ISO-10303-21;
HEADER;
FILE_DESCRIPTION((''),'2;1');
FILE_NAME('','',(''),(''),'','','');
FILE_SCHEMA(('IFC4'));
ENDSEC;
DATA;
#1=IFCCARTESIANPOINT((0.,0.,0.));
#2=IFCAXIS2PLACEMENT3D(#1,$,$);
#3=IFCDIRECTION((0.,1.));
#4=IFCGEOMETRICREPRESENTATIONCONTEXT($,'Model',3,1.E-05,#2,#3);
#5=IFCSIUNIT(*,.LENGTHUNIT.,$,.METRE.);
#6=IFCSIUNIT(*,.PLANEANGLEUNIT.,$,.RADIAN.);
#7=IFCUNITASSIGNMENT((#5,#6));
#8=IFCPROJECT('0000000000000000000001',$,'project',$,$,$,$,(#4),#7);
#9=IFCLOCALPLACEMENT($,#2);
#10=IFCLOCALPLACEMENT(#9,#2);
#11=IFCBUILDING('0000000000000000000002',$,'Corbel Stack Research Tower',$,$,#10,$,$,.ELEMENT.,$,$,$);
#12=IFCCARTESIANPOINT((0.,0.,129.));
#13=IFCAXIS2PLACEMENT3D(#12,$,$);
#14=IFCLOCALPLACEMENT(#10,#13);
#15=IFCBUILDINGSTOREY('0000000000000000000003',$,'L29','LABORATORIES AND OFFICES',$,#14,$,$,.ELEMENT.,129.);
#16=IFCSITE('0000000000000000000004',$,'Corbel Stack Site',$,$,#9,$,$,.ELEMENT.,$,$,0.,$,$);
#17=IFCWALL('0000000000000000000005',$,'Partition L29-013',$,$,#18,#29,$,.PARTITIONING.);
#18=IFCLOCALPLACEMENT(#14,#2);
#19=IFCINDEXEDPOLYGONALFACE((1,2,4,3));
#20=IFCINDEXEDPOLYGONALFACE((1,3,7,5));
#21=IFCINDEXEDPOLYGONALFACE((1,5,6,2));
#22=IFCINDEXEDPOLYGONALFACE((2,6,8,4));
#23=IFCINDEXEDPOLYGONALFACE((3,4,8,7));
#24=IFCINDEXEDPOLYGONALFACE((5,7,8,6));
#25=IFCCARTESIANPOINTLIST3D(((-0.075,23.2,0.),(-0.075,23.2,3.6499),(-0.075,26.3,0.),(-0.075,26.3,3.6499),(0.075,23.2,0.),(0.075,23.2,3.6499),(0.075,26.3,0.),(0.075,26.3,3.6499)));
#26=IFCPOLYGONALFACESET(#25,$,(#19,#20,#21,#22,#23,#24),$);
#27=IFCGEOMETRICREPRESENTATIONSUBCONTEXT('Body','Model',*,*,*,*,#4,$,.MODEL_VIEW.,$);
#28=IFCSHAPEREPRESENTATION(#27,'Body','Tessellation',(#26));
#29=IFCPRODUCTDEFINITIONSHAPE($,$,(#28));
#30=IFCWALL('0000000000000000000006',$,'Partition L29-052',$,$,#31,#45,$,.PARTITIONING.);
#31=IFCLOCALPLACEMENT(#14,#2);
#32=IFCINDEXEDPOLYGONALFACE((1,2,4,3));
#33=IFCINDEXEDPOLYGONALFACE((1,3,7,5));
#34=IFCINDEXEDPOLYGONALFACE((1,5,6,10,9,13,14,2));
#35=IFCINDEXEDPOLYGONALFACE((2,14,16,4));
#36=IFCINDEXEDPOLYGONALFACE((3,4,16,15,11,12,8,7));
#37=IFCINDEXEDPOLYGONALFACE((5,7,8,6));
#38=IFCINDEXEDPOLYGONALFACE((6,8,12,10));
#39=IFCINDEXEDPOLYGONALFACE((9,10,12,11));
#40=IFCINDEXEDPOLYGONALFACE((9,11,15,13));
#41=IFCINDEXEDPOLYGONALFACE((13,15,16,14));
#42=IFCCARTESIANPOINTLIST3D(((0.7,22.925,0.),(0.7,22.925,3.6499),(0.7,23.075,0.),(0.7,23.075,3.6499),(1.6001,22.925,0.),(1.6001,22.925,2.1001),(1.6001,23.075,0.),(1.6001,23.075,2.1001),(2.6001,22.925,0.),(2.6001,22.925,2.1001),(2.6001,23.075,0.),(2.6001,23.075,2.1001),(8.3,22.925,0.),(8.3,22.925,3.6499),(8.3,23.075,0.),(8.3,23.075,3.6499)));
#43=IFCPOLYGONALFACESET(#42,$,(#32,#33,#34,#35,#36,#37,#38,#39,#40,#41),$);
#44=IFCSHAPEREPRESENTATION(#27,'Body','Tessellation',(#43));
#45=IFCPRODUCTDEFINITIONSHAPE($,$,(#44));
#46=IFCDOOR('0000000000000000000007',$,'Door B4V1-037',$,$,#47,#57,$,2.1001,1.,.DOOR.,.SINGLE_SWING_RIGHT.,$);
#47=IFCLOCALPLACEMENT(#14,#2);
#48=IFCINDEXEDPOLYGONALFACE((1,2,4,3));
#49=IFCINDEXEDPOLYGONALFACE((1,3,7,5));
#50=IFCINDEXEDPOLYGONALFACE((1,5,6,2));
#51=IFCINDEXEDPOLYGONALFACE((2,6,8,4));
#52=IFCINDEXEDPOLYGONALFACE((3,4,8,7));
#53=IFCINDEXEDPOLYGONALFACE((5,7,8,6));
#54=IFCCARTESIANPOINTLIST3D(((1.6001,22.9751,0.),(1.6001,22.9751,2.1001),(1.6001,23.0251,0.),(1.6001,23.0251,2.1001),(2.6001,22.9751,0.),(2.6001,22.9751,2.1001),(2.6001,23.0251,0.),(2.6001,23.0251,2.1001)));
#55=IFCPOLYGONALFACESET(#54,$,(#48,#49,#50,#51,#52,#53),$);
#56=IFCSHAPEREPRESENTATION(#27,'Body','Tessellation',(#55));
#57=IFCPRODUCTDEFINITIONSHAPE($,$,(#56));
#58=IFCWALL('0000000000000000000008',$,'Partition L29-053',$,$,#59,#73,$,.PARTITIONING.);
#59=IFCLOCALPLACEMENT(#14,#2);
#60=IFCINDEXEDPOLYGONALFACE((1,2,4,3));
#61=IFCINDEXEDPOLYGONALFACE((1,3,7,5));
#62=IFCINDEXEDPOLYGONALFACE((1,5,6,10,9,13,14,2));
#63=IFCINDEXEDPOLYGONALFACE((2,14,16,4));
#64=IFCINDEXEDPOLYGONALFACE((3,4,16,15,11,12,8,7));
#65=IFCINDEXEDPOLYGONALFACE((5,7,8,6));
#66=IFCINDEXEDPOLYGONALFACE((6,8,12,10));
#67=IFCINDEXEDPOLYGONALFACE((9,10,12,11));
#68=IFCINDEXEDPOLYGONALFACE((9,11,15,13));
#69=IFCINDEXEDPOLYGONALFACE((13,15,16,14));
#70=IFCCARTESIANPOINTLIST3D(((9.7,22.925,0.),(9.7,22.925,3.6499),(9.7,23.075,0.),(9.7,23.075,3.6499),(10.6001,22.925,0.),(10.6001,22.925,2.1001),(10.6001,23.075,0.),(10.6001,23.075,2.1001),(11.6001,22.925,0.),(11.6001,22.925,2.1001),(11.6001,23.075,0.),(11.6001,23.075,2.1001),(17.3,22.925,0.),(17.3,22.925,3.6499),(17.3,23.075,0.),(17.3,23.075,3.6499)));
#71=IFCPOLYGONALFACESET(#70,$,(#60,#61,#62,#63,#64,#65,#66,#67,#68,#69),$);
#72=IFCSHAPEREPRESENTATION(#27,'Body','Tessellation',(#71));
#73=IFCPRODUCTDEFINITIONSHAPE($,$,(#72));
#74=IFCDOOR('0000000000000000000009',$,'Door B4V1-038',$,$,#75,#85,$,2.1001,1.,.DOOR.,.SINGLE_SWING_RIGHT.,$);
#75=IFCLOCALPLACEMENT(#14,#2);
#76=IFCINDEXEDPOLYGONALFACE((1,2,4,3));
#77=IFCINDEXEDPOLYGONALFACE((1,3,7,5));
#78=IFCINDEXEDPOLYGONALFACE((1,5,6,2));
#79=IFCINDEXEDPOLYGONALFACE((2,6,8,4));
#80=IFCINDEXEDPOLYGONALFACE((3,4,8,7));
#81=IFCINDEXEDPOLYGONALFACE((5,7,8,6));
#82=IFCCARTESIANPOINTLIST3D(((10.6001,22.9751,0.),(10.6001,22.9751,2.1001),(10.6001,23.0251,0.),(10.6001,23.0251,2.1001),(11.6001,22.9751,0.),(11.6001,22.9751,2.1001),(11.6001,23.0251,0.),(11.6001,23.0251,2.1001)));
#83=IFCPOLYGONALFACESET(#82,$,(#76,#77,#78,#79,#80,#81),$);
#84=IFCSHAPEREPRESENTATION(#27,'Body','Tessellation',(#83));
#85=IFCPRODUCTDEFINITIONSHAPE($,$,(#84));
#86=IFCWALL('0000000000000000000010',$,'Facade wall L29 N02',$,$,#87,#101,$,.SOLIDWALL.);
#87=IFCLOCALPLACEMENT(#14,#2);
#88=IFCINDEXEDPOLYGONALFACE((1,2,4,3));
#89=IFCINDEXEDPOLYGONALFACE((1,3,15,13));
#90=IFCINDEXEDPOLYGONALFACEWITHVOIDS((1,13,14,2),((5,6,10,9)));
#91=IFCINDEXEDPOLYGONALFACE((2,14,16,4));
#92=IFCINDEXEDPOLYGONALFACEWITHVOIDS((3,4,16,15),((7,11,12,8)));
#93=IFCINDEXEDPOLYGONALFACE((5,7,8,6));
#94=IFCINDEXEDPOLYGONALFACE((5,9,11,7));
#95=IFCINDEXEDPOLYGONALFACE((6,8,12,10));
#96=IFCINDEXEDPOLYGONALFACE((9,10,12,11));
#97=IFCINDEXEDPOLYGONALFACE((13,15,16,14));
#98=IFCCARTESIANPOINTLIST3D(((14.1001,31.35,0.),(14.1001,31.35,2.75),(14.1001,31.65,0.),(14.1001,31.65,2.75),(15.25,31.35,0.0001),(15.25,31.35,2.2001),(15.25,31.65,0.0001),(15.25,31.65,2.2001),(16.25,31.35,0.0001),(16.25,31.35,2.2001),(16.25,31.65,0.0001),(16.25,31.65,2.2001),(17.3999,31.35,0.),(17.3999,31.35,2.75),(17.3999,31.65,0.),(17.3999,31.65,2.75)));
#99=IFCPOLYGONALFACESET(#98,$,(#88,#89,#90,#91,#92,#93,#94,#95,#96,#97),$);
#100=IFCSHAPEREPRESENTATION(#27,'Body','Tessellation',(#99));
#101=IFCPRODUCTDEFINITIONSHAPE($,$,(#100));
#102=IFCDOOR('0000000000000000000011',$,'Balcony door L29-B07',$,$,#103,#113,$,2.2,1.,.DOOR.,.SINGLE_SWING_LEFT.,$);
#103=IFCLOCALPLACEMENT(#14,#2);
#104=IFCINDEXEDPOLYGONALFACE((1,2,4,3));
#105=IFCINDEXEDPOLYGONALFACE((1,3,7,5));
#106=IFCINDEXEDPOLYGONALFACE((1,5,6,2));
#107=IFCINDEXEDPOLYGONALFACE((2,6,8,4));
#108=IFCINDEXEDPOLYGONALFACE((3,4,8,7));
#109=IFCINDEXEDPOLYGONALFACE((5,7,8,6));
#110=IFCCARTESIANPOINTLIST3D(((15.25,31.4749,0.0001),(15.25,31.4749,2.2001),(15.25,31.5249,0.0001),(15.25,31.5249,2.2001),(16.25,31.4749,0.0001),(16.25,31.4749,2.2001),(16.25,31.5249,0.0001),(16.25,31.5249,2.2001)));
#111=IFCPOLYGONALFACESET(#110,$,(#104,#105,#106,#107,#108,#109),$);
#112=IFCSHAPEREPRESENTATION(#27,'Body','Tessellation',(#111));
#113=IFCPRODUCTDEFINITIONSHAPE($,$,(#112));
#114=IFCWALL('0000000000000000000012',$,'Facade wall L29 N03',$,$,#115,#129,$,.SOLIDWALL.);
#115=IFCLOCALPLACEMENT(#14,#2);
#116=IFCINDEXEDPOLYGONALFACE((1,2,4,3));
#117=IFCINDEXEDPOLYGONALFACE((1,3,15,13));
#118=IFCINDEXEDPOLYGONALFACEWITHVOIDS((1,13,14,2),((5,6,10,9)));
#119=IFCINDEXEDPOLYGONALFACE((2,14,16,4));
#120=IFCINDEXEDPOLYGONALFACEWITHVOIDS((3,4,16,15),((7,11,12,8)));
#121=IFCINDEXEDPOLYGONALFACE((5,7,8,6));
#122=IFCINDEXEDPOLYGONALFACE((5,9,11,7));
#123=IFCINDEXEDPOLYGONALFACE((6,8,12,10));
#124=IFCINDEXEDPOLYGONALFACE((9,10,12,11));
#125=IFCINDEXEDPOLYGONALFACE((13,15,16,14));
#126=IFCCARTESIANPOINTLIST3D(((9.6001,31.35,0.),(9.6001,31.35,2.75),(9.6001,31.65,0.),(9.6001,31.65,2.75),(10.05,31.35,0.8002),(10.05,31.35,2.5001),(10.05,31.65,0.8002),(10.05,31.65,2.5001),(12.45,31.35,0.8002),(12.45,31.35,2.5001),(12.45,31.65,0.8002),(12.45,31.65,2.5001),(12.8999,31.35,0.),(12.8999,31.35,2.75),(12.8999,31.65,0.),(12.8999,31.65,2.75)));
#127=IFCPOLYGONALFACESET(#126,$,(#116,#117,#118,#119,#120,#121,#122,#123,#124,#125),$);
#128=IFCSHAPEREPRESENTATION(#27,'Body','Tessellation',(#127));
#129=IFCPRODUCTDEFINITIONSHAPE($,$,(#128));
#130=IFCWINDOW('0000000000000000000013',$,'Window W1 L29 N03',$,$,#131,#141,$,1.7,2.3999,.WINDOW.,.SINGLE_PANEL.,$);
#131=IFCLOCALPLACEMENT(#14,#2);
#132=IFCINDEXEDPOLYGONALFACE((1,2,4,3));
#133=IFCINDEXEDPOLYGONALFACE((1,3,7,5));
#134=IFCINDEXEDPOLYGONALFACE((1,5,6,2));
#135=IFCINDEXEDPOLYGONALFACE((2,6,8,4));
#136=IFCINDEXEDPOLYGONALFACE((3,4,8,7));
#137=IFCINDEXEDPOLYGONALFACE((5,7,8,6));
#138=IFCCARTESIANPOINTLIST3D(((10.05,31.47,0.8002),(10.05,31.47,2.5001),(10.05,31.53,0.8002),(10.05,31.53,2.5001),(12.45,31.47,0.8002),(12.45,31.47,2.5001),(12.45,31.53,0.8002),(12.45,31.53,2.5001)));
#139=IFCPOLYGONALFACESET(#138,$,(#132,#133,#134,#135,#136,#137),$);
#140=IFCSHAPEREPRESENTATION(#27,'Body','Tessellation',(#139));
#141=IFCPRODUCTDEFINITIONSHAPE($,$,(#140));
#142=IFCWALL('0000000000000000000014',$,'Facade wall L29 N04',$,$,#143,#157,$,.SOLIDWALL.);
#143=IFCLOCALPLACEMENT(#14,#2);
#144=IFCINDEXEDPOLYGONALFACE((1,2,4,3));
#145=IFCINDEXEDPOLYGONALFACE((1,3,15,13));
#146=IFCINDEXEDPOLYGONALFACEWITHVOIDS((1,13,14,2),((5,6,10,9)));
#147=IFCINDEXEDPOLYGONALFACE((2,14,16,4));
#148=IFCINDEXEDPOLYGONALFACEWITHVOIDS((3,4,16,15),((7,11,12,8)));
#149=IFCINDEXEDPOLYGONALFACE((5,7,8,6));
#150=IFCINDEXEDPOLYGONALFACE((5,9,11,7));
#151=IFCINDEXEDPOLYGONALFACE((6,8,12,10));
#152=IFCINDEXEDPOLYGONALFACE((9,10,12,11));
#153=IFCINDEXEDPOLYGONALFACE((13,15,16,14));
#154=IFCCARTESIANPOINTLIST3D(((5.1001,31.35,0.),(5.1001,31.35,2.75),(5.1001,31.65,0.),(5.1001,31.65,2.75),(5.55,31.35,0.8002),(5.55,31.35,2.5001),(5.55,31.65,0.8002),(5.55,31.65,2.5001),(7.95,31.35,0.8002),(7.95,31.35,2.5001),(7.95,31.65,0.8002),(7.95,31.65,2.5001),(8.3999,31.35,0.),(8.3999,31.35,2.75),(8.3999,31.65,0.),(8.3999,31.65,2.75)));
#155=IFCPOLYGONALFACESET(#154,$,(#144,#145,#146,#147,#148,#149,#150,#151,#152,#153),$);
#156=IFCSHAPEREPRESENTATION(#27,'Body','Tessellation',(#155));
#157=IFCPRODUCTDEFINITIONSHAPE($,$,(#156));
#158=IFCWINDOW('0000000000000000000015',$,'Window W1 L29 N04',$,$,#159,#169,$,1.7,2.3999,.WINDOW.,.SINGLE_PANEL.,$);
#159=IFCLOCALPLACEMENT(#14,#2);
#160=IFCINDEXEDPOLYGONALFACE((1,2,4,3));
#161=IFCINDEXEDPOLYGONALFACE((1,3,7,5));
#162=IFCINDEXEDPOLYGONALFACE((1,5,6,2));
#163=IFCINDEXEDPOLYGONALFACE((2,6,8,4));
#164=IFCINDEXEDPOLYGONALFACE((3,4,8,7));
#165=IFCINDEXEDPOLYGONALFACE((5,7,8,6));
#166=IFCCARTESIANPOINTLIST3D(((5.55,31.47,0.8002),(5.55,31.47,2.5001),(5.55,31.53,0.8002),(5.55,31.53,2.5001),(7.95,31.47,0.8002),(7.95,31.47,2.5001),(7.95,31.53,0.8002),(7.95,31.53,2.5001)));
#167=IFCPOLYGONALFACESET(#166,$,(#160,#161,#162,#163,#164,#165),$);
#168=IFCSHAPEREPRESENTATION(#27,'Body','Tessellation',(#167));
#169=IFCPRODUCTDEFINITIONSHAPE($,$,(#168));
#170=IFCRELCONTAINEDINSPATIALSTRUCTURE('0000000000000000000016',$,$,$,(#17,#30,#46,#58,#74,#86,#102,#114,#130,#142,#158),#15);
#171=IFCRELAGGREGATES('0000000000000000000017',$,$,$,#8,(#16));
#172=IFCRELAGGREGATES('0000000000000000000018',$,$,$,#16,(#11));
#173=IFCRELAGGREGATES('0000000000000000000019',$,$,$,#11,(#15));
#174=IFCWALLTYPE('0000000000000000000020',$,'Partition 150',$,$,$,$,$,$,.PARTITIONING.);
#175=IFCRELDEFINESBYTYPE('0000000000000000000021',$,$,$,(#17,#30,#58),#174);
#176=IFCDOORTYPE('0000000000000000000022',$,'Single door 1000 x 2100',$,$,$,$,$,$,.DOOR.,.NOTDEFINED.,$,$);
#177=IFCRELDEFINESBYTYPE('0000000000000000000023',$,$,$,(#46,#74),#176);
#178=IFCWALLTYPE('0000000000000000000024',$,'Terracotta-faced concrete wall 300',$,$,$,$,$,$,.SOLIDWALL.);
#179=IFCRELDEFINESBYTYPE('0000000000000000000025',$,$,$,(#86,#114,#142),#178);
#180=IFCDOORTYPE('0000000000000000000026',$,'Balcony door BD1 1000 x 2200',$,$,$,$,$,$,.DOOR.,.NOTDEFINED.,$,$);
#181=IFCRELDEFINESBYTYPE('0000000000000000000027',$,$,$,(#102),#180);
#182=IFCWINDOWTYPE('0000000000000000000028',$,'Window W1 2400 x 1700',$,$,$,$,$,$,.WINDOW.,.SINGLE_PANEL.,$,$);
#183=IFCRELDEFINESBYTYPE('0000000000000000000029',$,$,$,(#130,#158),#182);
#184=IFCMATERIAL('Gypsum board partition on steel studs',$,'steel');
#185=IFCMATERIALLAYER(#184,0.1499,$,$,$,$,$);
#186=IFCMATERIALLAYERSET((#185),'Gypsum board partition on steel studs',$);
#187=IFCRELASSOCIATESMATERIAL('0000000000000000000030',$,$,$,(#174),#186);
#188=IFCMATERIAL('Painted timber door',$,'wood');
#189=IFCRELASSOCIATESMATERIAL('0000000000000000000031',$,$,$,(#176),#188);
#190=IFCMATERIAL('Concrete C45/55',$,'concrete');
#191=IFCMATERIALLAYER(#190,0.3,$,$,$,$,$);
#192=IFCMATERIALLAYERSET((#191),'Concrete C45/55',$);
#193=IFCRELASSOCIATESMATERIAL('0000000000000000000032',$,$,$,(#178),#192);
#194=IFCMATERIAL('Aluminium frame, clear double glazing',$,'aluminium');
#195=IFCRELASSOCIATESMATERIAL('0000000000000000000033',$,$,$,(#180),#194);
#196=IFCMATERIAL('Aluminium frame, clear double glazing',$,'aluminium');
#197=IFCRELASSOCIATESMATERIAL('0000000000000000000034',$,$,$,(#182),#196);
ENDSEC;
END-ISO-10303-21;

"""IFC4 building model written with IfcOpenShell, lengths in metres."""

from ifc_helpers import new_model, si_unit, direction, frame, frame_2d, origin, place, context, subcontext, project, spatial, rectangle, extrude, material, layer, layer_set, type_object, element, fill, save


model = new_model("IFC4")

# Units and contexts
model_context = context("Model", 3, precision=1e-05, world=origin(), true_north=direction((0.0, 1.0)))
body_context = subcontext(model_context, "Body", "Model", "MODEL_VIEW")
ifc_project = project(units=[si_unit("LENGTHUNIT", "METRE"), si_unit("PLANEANGLEUNIT", "RADIAN")], contexts=[model_context])

# Site, building, storey
site_placement = place(None, origin())
site = spatial("IfcSite", under=ifc_project, at=site_placement, Name="Corbel Stack Site", CompositionType="ELEMENT", RefElevation=0.0)
building_placement = place(site_placement, origin())
building = spatial("IfcBuilding", under=site, at=building_placement, Name="Corbel Stack Research Tower", CompositionType="ELEMENT")
storey_placement = place(building_placement, frame((0.0, 0.0, 129.0)))
storey = spatial("IfcBuildingStorey", under=building, at=storey_placement, Name="L29", Description="LABORATORIES AND OFFICES", CompositionType="ELEMENT", Elevation=129.0)

# Wall
ifc_material_1 = material(Name="Gypsum board partition on steel studs", Category="steel")
ifc_layer_1 = layer(ifc_material_1, 0.1499)
ifc_layer_set_1 = layer_set([ifc_layer_1], Name="Gypsum board partition on steel studs")
wall_type_1 = type_object("IfcWallType", Name="Partition 150", PredefinedType="PARTITIONING", material=ifc_layer_set_1)
wall_1_placement = place(storey_placement, frame((0.0, 23.2, 0.0), z_axis=(0.0, 0.0, 1.0), x_axis=(0.0, 1.0, 0.0)))
element("IfcWall", 1, at=wall_1_placement, inside=storey, type_object=wall_type_1, Name="Partition L29-013", PredefinedType="PARTITIONING", context=body_context, shape_type="SweptSolid", body=[
    extrude(rectangle(XDim=3.1001, YDim=0.1499, at=frame_2d((1.55, 0.0))), origin(), (0.0, 0.0, 1.0), 3.6499),
])

# Walls, openings, doors
wall_2_placement = place(storey_placement, frame((8.3, 23.0, 0.0), z_axis=(0.0, 0.0, 1.0), x_axis=(-1.0, 0.0, 0.0)))
wall_2 = element("IfcWall", 2, at=wall_2_placement, inside=storey, type_object=wall_type_1, Name="Partition L29-052", PredefinedType="PARTITIONING", context=body_context, shape_type="SweptSolid", body=[
    extrude(rectangle(XDim=7.6001, YDim=0.1499, at=frame_2d((3.8, 0.0))), origin(), (0.0, 0.0, 1.0), 3.6499),
])
opening_1_placement = place(wall_2_placement, frame((5.7, 0.0, 0.0)))
opening_1 = element("IfcOpeningElement", 3, at=opening_1_placement, cuts=wall_2, PredefinedType="OPENING", context=body_context, shape_type="SweptSolid", body=[
    extrude(rectangle(XDim=1.0, YDim=2.1001, at=frame_2d((0.5, 1.05))), frame((0.0, 0.085, 0.0), z_axis=(0.0, -1.0, 0.0), x_axis=(1.0, 0.0, 0.0)), (0.0, 0.0, 1.0), 0.1699),
])
ifc_material_2 = material(Name="Painted timber door", Category="wood")
door_type_1 = type_object("IfcDoorType", Name="Single door 1000 x 2100", OperationType="NOTDEFINED", PredefinedType="DOOR", material=ifc_material_2)
door_1_placement = place(opening_1_placement, origin())
door_1 = element("IfcDoor", 4, at=door_1_placement, inside=storey, type_object=door_type_1, Name="Door B4V1-037", OperationType="SINGLE_SWING_RIGHT", OverallHeight=2.1001, OverallWidth=1.0, PredefinedType="DOOR", context=body_context, shape_type="SweptSolid", body=[
    extrude(rectangle(XDim=1.0, YDim=2.1001, at=frame_2d((0.5, 1.05))), frame((0.0, 0.0249, 0.0), z_axis=(0.0, -1.0, 0.0), x_axis=(1.0, 0.0, 0.0)), (0.0, 0.0, 1.0), 0.05),
])
fill(opening_1, door_1)
wall_3_placement = place(storey_placement, frame((17.3, 23.0, 0.0), z_axis=(0.0, 0.0, 1.0), x_axis=(-1.0, 0.0, 0.0)))
wall_3 = element("IfcWall", 5, at=wall_3_placement, inside=storey, type_object=wall_type_1, Name="Partition L29-053", PredefinedType="PARTITIONING", context=body_context, shape_type="SweptSolid", body=[
    extrude(rectangle(XDim=7.6001, YDim=0.1499, at=frame_2d((3.8, 0.0))), origin(), (0.0, 0.0, 1.0), 3.6499),
])
opening_2_placement = place(wall_3_placement, frame((5.7, 0.0, 0.0)))
opening_2 = element("IfcOpeningElement", 6, at=opening_2_placement, cuts=wall_3, PredefinedType="OPENING", context=body_context, shape_type="SweptSolid", body=[
    extrude(rectangle(XDim=1.0, YDim=2.1001, at=frame_2d((0.5, 1.05))), frame((0.0, 0.085, 0.0), z_axis=(0.0, -1.0, 0.0), x_axis=(1.0, 0.0, 0.0)), (0.0, 0.0, 1.0), 0.1699),
])
door_2_placement = place(opening_2_placement, origin())
door_2 = element("IfcDoor", 7, at=door_2_placement, inside=storey, type_object=door_type_1, Name="Door B4V1-038", OperationType="SINGLE_SWING_RIGHT", OverallHeight=2.1001, OverallWidth=1.0, PredefinedType="DOOR", context=body_context, shape_type="SweptSolid", body=[
    extrude(rectangle(XDim=1.0, YDim=2.1001, at=frame_2d((0.5, 1.05))), frame((0.0, 0.0249, 0.0), z_axis=(0.0, -1.0, 0.0), x_axis=(1.0, 0.0, 0.0)), (0.0, 0.0, 1.0), 0.05),
])
fill(opening_2, door_2)
ifc_material_3 = material(Name="Concrete C45/55", Category="concrete")
ifc_layer_2 = layer(ifc_material_3, 0.3)
ifc_layer_set_2 = layer_set([ifc_layer_2], Name="Concrete C45/55")
wall_type_2 = type_object("IfcWallType", Name="Terracotta-faced concrete wall 300", PredefinedType="SOLIDWALL", material=ifc_layer_set_2)
wall_4_placement = place(storey_placement, frame((14.1001, 31.5, 0.0), z_axis=(0.0, 0.0, 1.0), x_axis=(1.0, 0.0, 0.0)))
wall_4 = element("IfcWall", 8, at=wall_4_placement, inside=storey, type_object=wall_type_2, Name="Facade wall L29 N02", PredefinedType="SOLIDWALL", context=body_context, shape_type="SweptSolid", body=[
    extrude(rectangle(XDim=3.2998, YDim=0.3, at=frame_2d((1.6499, 0.0))), origin(), (0.0, 0.0, 1.0), 2.75),
])
opening_3_placement = place(wall_4_placement, frame((1.1499, 0.0, 0.0)))
opening_3 = element("IfcOpeningElement", 9, at=opening_3_placement, cuts=wall_4, PredefinedType="OPENING", context=body_context, shape_type="SweptSolid", body=[
    extrude(rectangle(XDim=1.0, YDim=2.2, at=frame_2d((0.5, 1.1001))), frame((0.0, 0.1599, 0.0), z_axis=(0.0, -1.0, 0.0), x_axis=(1.0, 0.0, 0.0)), (0.0, 0.0, 1.0), 0.3201),
])
ifc_material_4 = material(Name="Aluminium frame, clear double glazing", Category="aluminium")
door_type_2 = type_object("IfcDoorType", Name="Balcony door BD1 1000 x 2200", OperationType="NOTDEFINED", PredefinedType="DOOR", material=ifc_material_4)
door_3_placement = place(opening_3_placement, origin())
door_3 = element("IfcDoor", 10, at=door_3_placement, inside=storey, type_object=door_type_2, Name="Balcony door L29-B07", OperationType="SINGLE_SWING_LEFT", OverallHeight=2.2, OverallWidth=1.0, PredefinedType="DOOR", context=body_context, shape_type="SweptSolid", body=[
    extrude(rectangle(XDim=1.0, YDim=2.2, at=frame_2d((0.5, 1.1001))), frame((0.0, 0.0249, 0.0), z_axis=(0.0, -1.0, 0.0), x_axis=(1.0, 0.0, 0.0)), (0.0, 0.0, 1.0), 0.05),
])
fill(opening_3, door_3)

# Walls, openings, windows
wall_5_placement = place(storey_placement, frame((9.6001, 31.5, 0.0), z_axis=(0.0, 0.0, 1.0), x_axis=(1.0, 0.0, 0.0)))
wall_5 = element("IfcWall", 11, at=wall_5_placement, inside=storey, type_object=wall_type_2, Name="Facade wall L29 N03", PredefinedType="SOLIDWALL", context=body_context, shape_type="SweptSolid", body=[
    extrude(rectangle(XDim=3.2998, YDim=0.3, at=frame_2d((1.6499, 0.0))), origin(), (0.0, 0.0, 1.0), 2.75),
])
opening_4_placement = place(wall_5_placement, frame((0.45, 0.0, 0.8)))
opening_4 = element("IfcOpeningElement", 12, at=opening_4_placement, cuts=wall_5, PredefinedType="OPENING", context=body_context, shape_type="SweptSolid", body=[
    extrude(rectangle(XDim=2.3999, YDim=1.7, at=frame_2d((1.2, 0.8501))), frame((0.0, 0.1599, 0.0), z_axis=(0.0, -1.0, 0.0), x_axis=(1.0, 0.0, 0.0)), (0.0, 0.0, 1.0), 0.3201),
])
ifc_material_5 = material(Name="Aluminium frame, clear double glazing", Category="aluminium")
window_type = type_object("IfcWindowType", Name="Window W1 2400 x 1700", PartitioningType="SINGLE_PANEL", PredefinedType="WINDOW", material=ifc_material_5)
window_1_placement = place(opening_4_placement, origin())
window_1 = element("IfcWindow", 13, at=window_1_placement, inside=storey, type_object=window_type, Name="Window W1 L29 N03", OverallHeight=1.7, OverallWidth=2.3999, PartitioningType="SINGLE_PANEL", PredefinedType="WINDOW", context=body_context, shape_type="SweptSolid", body=[
    extrude(rectangle(XDim=2.3999, YDim=1.7, at=frame_2d((1.2, 0.8501))), frame((0.0, 0.03, 0.0), z_axis=(0.0, -1.0, 0.0), x_axis=(1.0, 0.0, 0.0)), (0.0, 0.0, 1.0), 0.0601),
])
fill(opening_4, window_1)
wall_6_placement = place(storey_placement, frame((5.1001, 31.5, 0.0), z_axis=(0.0, 0.0, 1.0), x_axis=(1.0, 0.0, 0.0)))
wall_6 = element("IfcWall", 14, at=wall_6_placement, inside=storey, type_object=wall_type_2, Name="Facade wall L29 N04", PredefinedType="SOLIDWALL", context=body_context, shape_type="SweptSolid", body=[
    extrude(rectangle(XDim=3.2998, YDim=0.3, at=frame_2d((1.6499, 0.0))), origin(), (0.0, 0.0, 1.0), 2.75),
])
opening_5_placement = place(wall_6_placement, frame((0.45, 0.0, 0.8)))
opening_5 = element("IfcOpeningElement", 15, at=opening_5_placement, cuts=wall_6, PredefinedType="OPENING", context=body_context, shape_type="SweptSolid", body=[
    extrude(rectangle(XDim=2.3999, YDim=1.7, at=frame_2d((1.2, 0.8501))), frame((0.0, 0.1599, 0.0), z_axis=(0.0, -1.0, 0.0), x_axis=(1.0, 0.0, 0.0)), (0.0, 0.0, 1.0), 0.3201),
])
window_2_placement = place(opening_5_placement, origin())
window_2 = element("IfcWindow", 16, at=window_2_placement, inside=storey, type_object=window_type, Name="Window W1 L29 N04", OverallHeight=1.7, OverallWidth=2.3999, PartitioningType="SINGLE_PANEL", PredefinedType="WINDOW", context=body_context, shape_type="SweptSolid", body=[
    extrude(rectangle(XDim=2.3999, YDim=1.7, at=frame_2d((1.2, 0.8501))), frame((0.0, 0.03, 0.0), z_axis=(0.0, -1.0, 0.0), x_axis=(1.0, 0.0, 0.0)), (0.0, 0.0, 1.0), 0.0601),
])
fill(opening_5, window_2)

save(model, "model.ifc")
